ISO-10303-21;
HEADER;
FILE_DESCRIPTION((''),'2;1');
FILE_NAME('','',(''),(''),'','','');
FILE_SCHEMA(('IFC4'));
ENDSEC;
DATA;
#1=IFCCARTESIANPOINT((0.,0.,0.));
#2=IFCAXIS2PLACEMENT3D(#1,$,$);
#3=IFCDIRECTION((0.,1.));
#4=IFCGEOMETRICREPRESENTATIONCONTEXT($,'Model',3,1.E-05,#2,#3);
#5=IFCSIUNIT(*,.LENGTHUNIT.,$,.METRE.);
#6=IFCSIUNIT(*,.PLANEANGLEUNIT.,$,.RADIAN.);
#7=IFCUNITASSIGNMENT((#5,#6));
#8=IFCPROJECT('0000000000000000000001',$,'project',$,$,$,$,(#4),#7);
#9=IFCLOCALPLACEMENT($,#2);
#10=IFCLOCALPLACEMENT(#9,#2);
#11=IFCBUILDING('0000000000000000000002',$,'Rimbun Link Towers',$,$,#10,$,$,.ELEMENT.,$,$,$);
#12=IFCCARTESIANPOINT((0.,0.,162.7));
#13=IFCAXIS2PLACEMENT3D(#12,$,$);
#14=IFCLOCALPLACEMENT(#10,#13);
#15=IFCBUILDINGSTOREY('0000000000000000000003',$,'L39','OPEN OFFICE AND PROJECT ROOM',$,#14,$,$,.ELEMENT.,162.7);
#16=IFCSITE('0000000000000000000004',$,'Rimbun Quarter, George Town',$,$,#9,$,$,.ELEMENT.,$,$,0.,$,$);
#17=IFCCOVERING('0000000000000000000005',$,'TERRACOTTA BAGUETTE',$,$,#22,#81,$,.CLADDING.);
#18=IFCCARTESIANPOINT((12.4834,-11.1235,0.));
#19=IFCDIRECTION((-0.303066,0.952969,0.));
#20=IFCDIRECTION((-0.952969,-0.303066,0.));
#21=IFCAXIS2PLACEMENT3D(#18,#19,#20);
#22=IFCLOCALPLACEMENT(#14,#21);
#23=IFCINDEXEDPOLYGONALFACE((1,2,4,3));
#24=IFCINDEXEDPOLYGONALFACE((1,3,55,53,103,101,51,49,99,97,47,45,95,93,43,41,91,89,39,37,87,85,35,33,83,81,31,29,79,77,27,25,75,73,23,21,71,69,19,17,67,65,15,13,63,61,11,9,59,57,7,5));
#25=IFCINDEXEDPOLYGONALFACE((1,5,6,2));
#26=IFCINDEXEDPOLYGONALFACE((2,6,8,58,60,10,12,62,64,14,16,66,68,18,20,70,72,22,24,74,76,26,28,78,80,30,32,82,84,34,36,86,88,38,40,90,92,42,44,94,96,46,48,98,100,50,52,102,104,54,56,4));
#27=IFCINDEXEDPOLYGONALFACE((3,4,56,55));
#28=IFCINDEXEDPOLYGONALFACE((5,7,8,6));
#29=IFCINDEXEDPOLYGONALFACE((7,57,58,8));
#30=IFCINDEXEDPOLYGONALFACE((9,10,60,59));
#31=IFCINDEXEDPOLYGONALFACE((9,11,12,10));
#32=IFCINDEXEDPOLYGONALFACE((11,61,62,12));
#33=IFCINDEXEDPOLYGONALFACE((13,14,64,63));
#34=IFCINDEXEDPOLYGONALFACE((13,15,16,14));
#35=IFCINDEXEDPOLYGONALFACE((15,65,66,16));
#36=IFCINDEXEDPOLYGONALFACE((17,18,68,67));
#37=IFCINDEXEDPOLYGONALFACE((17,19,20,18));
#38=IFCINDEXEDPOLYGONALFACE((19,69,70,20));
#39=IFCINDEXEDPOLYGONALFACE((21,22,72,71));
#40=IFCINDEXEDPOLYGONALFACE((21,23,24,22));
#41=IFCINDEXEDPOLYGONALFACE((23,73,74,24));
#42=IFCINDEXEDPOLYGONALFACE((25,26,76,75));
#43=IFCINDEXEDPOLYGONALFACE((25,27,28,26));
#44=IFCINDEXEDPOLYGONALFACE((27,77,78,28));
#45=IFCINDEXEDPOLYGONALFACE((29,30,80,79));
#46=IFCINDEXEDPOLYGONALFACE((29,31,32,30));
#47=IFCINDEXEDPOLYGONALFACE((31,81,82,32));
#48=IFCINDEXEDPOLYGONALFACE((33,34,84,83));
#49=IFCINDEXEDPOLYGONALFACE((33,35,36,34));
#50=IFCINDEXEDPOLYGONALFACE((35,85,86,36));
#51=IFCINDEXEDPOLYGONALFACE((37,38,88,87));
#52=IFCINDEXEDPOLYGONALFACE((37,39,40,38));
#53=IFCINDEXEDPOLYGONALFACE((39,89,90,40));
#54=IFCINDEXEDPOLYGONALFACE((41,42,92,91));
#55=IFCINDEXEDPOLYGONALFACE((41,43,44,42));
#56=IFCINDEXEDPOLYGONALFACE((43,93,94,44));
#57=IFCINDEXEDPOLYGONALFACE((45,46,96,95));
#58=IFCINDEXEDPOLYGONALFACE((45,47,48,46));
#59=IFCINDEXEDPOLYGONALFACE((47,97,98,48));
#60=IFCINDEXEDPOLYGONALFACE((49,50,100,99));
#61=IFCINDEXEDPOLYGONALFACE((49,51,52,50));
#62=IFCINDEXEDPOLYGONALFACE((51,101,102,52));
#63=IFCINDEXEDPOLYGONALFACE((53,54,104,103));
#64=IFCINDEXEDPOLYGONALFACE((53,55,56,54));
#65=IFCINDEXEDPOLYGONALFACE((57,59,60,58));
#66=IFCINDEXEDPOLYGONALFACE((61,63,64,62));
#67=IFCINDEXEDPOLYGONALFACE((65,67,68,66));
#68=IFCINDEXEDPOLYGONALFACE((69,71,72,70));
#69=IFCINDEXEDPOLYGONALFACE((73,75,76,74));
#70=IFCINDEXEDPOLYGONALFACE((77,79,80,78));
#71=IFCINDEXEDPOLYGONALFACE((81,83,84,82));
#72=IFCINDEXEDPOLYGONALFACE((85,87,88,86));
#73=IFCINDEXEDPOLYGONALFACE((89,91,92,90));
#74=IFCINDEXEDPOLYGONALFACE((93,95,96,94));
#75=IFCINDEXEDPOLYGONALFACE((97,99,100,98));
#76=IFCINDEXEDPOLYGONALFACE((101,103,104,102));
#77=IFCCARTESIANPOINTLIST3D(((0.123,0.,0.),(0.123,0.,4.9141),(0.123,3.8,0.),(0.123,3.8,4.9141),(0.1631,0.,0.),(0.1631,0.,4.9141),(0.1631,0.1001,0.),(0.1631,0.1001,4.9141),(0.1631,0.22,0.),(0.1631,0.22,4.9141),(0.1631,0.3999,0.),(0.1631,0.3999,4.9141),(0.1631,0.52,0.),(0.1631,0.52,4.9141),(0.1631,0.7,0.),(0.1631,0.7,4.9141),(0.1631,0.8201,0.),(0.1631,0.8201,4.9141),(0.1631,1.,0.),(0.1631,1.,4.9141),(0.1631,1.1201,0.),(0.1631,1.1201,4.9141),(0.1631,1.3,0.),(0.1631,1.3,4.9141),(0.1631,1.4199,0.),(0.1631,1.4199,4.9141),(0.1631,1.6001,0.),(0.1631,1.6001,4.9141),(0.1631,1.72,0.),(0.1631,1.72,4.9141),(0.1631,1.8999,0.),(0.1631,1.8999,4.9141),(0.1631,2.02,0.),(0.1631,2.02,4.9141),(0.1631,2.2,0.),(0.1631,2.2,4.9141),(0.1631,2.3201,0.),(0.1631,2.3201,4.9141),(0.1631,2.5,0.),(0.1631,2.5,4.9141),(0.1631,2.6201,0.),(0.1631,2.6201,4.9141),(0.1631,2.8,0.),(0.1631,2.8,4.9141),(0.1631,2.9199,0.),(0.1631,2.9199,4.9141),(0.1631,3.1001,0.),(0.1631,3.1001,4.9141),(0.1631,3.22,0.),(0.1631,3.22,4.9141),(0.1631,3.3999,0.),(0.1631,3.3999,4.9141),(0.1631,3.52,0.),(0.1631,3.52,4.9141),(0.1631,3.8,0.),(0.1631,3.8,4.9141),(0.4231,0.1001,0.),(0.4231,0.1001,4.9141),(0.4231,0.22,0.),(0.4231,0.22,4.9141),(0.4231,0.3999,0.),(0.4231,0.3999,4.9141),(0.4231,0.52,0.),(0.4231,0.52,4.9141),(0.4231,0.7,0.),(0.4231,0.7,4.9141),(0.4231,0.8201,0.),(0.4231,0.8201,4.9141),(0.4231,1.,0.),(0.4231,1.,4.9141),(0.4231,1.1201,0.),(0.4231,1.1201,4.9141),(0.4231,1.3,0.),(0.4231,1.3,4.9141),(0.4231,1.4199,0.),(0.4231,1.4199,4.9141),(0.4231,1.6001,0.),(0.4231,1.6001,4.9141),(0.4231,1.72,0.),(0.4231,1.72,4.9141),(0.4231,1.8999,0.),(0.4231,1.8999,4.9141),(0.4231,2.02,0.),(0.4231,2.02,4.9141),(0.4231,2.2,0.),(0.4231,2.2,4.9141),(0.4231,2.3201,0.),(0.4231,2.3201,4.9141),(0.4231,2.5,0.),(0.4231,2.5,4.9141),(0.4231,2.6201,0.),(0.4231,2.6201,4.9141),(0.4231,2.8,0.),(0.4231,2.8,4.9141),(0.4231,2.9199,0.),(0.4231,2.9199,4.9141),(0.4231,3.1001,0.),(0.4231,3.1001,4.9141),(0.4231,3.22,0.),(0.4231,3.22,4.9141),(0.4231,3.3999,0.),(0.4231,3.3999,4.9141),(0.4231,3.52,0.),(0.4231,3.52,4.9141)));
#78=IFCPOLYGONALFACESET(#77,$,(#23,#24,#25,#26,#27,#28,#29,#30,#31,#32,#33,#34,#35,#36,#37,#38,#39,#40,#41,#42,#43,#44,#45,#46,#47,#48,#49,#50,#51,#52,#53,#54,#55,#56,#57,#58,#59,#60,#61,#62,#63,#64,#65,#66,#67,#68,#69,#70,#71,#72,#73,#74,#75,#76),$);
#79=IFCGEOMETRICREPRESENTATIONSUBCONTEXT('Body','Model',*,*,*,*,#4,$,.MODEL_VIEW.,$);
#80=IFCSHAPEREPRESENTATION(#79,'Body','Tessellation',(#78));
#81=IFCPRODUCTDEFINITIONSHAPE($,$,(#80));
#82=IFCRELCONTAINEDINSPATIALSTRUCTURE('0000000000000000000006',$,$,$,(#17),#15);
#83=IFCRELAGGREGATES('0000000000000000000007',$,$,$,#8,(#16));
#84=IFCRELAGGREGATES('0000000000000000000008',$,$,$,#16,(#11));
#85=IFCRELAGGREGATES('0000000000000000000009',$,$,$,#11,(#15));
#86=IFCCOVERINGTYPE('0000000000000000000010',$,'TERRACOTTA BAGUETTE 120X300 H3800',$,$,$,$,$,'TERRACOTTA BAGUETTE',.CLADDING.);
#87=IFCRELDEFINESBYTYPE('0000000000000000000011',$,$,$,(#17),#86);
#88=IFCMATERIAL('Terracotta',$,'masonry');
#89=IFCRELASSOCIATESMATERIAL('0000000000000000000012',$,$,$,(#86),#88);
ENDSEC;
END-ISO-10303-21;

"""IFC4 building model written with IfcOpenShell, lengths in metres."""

from ifc_helpers import new_model, si_unit, direction, frame, origin, place, context, subcontext, project, spatial, polyline, outline, extrude, material, material_profile, profile_set, type_object, element, save


model = new_model("IFC4")

# Units and contexts
model_context = context("Model", 3, precision=1e-05, world=origin(), true_north=direction((0.0, 1.0)))
body_context = subcontext(model_context, "Body", "Model", "MODEL_VIEW")
ifc_project = project(units=[si_unit("LENGTHUNIT", "METRE"), si_unit("PLANEANGLEUNIT", "RADIAN")], contexts=[model_context])

# Site, building, storey
site_placement = place(None, origin())
site = spatial("IfcSite", under=ifc_project, at=site_placement, Name="Rimbun Quarter, George Town", CompositionType="ELEMENT", RefElevation=0.0)
building_placement = place(site_placement, origin())
building = spatial("IfcBuilding", under=site, at=building_placement, Name="Rimbun Link Towers", CompositionType="ELEMENT")
storey_placement = place(building_placement, frame((0.0, 0.0, 162.7)))
storey = spatial("IfcBuildingStorey", under=building, at=storey_placement, Name="L39", Description="OPEN OFFICE AND PROJECT ROOM", CompositionType="ELEMENT", Elevation=162.7)

# Covering
ifc_material_1 = material(Name="Terracotta", Category="masonry")
ifc_material_profile_1 = material_profile(ifc_material_1, outline(polyline([(0.123, 0.0), (0.1631, 0.0), (0.1631, 0.1001), (0.4231, 0.1001), (0.4231, 0.22), (0.1631, 0.22), (0.1631, 0.3999), (0.4231, 0.3999), (0.4231, 0.52), (0.1631, 0.52), (0.1631, 0.7), (0.4231, 0.7), (0.4231, 0.8201), (0.1631, 0.8201), (0.1631, 1.0), (0.4231, 1.0), (0.4231, 1.1201), (0.1631, 1.1201), (0.1631, 1.3), (0.4231, 1.3), (0.4231, 1.4199), (0.1631, 1.4199), (0.1631, 1.6001), (0.4231, 1.6001), (0.4231, 1.72), (0.1631, 1.72), (0.1631, 1.8999), (0.4231, 1.8999), (0.4231, 2.02), (0.1631, 2.02), (0.1631, 2.2), (0.4231, 2.2), (0.4231, 2.3201), (0.1631, 2.3201), (0.1631, 2.5), (0.4231, 2.5), (0.4231, 2.6201), (0.1631, 2.6201), (0.1631, 2.8), (0.4231, 2.8), (0.4231, 2.9199), (0.1631, 2.9199), (0.1631, 3.1001), (0.4231, 3.1001), (0.4231, 3.22), (0.1631, 3.22), (0.1631, 3.3999), (0.4231, 3.3999), (0.4231, 3.52), (0.1631, 3.52), (0.1631, 3.8), (0.123, 3.8), (0.123, 0.0)])), Name="BAGUETTE 120X300")
ifc_profile_set_1 = profile_set([ifc_material_profile_1], Name="Terracotta")
covering_type_1 = type_object("IfcCoveringType", Name="TERRACOTTA BAGUETTE 120X300 H3800", ElementType="TERRACOTTA BAGUETTE", PredefinedType="CLADDING", material=ifc_profile_set_1)
covering_1_placement = place(storey_placement, frame((12.4834, -11.1235, 0.0), z_axis=(-0.303066, 0.952969, 0.0), x_axis=(-0.952969, -0.303066, 0.0)))
element("IfcCovering", 1, at=covering_1_placement, inside=storey, type_object=covering_type_1, Name="TERRACOTTA BAGUETTE", PredefinedType="CLADDING", context=body_context, shape_type="SweptSolid", body=[
    extrude(outline(polyline([(0.123, 0.0), (0.1631, 0.0), (0.1631, 0.1001), (0.4231, 0.1001), (0.4231, 0.22), (0.1631, 0.22), (0.1631, 0.3999), (0.4231, 0.3999), (0.4231, 0.52), (0.1631, 0.52), (0.1631, 0.7), (0.4231, 0.7), (0.4231, 0.8201), (0.1631, 0.8201), (0.1631, 1.0), (0.4231, 1.0), (0.4231, 1.1201), (0.1631, 1.1201), (0.1631, 1.3), (0.4231, 1.3), (0.4231, 1.4199), (0.1631, 1.4199), (0.1631, 1.6001), (0.4231, 1.6001), (0.4231, 1.72), (0.1631, 1.72), (0.1631, 1.8999), (0.4231, 1.8999), (0.4231, 2.02), (0.1631, 2.02), (0.1631, 2.2), (0.4231, 2.2), (0.4231, 2.3201), (0.1631, 2.3201), (0.1631, 2.5), (0.4231, 2.5), (0.4231, 2.6201), (0.1631, 2.6201), (0.1631, 2.8), (0.4231, 2.8), (0.4231, 2.9199), (0.1631, 2.9199), (0.1631, 3.1001), (0.4231, 3.1001), (0.4231, 3.22), (0.1631, 3.22), (0.1631, 3.3999), (0.4231, 3.3999), (0.4231, 3.52), (0.1631, 3.52), (0.1631, 3.8), (0.123, 3.8), (0.123, 0.0)])), origin(), (0.0, 0.0, 1.0), 4.9141),
])

save(model, "model.ifc")
